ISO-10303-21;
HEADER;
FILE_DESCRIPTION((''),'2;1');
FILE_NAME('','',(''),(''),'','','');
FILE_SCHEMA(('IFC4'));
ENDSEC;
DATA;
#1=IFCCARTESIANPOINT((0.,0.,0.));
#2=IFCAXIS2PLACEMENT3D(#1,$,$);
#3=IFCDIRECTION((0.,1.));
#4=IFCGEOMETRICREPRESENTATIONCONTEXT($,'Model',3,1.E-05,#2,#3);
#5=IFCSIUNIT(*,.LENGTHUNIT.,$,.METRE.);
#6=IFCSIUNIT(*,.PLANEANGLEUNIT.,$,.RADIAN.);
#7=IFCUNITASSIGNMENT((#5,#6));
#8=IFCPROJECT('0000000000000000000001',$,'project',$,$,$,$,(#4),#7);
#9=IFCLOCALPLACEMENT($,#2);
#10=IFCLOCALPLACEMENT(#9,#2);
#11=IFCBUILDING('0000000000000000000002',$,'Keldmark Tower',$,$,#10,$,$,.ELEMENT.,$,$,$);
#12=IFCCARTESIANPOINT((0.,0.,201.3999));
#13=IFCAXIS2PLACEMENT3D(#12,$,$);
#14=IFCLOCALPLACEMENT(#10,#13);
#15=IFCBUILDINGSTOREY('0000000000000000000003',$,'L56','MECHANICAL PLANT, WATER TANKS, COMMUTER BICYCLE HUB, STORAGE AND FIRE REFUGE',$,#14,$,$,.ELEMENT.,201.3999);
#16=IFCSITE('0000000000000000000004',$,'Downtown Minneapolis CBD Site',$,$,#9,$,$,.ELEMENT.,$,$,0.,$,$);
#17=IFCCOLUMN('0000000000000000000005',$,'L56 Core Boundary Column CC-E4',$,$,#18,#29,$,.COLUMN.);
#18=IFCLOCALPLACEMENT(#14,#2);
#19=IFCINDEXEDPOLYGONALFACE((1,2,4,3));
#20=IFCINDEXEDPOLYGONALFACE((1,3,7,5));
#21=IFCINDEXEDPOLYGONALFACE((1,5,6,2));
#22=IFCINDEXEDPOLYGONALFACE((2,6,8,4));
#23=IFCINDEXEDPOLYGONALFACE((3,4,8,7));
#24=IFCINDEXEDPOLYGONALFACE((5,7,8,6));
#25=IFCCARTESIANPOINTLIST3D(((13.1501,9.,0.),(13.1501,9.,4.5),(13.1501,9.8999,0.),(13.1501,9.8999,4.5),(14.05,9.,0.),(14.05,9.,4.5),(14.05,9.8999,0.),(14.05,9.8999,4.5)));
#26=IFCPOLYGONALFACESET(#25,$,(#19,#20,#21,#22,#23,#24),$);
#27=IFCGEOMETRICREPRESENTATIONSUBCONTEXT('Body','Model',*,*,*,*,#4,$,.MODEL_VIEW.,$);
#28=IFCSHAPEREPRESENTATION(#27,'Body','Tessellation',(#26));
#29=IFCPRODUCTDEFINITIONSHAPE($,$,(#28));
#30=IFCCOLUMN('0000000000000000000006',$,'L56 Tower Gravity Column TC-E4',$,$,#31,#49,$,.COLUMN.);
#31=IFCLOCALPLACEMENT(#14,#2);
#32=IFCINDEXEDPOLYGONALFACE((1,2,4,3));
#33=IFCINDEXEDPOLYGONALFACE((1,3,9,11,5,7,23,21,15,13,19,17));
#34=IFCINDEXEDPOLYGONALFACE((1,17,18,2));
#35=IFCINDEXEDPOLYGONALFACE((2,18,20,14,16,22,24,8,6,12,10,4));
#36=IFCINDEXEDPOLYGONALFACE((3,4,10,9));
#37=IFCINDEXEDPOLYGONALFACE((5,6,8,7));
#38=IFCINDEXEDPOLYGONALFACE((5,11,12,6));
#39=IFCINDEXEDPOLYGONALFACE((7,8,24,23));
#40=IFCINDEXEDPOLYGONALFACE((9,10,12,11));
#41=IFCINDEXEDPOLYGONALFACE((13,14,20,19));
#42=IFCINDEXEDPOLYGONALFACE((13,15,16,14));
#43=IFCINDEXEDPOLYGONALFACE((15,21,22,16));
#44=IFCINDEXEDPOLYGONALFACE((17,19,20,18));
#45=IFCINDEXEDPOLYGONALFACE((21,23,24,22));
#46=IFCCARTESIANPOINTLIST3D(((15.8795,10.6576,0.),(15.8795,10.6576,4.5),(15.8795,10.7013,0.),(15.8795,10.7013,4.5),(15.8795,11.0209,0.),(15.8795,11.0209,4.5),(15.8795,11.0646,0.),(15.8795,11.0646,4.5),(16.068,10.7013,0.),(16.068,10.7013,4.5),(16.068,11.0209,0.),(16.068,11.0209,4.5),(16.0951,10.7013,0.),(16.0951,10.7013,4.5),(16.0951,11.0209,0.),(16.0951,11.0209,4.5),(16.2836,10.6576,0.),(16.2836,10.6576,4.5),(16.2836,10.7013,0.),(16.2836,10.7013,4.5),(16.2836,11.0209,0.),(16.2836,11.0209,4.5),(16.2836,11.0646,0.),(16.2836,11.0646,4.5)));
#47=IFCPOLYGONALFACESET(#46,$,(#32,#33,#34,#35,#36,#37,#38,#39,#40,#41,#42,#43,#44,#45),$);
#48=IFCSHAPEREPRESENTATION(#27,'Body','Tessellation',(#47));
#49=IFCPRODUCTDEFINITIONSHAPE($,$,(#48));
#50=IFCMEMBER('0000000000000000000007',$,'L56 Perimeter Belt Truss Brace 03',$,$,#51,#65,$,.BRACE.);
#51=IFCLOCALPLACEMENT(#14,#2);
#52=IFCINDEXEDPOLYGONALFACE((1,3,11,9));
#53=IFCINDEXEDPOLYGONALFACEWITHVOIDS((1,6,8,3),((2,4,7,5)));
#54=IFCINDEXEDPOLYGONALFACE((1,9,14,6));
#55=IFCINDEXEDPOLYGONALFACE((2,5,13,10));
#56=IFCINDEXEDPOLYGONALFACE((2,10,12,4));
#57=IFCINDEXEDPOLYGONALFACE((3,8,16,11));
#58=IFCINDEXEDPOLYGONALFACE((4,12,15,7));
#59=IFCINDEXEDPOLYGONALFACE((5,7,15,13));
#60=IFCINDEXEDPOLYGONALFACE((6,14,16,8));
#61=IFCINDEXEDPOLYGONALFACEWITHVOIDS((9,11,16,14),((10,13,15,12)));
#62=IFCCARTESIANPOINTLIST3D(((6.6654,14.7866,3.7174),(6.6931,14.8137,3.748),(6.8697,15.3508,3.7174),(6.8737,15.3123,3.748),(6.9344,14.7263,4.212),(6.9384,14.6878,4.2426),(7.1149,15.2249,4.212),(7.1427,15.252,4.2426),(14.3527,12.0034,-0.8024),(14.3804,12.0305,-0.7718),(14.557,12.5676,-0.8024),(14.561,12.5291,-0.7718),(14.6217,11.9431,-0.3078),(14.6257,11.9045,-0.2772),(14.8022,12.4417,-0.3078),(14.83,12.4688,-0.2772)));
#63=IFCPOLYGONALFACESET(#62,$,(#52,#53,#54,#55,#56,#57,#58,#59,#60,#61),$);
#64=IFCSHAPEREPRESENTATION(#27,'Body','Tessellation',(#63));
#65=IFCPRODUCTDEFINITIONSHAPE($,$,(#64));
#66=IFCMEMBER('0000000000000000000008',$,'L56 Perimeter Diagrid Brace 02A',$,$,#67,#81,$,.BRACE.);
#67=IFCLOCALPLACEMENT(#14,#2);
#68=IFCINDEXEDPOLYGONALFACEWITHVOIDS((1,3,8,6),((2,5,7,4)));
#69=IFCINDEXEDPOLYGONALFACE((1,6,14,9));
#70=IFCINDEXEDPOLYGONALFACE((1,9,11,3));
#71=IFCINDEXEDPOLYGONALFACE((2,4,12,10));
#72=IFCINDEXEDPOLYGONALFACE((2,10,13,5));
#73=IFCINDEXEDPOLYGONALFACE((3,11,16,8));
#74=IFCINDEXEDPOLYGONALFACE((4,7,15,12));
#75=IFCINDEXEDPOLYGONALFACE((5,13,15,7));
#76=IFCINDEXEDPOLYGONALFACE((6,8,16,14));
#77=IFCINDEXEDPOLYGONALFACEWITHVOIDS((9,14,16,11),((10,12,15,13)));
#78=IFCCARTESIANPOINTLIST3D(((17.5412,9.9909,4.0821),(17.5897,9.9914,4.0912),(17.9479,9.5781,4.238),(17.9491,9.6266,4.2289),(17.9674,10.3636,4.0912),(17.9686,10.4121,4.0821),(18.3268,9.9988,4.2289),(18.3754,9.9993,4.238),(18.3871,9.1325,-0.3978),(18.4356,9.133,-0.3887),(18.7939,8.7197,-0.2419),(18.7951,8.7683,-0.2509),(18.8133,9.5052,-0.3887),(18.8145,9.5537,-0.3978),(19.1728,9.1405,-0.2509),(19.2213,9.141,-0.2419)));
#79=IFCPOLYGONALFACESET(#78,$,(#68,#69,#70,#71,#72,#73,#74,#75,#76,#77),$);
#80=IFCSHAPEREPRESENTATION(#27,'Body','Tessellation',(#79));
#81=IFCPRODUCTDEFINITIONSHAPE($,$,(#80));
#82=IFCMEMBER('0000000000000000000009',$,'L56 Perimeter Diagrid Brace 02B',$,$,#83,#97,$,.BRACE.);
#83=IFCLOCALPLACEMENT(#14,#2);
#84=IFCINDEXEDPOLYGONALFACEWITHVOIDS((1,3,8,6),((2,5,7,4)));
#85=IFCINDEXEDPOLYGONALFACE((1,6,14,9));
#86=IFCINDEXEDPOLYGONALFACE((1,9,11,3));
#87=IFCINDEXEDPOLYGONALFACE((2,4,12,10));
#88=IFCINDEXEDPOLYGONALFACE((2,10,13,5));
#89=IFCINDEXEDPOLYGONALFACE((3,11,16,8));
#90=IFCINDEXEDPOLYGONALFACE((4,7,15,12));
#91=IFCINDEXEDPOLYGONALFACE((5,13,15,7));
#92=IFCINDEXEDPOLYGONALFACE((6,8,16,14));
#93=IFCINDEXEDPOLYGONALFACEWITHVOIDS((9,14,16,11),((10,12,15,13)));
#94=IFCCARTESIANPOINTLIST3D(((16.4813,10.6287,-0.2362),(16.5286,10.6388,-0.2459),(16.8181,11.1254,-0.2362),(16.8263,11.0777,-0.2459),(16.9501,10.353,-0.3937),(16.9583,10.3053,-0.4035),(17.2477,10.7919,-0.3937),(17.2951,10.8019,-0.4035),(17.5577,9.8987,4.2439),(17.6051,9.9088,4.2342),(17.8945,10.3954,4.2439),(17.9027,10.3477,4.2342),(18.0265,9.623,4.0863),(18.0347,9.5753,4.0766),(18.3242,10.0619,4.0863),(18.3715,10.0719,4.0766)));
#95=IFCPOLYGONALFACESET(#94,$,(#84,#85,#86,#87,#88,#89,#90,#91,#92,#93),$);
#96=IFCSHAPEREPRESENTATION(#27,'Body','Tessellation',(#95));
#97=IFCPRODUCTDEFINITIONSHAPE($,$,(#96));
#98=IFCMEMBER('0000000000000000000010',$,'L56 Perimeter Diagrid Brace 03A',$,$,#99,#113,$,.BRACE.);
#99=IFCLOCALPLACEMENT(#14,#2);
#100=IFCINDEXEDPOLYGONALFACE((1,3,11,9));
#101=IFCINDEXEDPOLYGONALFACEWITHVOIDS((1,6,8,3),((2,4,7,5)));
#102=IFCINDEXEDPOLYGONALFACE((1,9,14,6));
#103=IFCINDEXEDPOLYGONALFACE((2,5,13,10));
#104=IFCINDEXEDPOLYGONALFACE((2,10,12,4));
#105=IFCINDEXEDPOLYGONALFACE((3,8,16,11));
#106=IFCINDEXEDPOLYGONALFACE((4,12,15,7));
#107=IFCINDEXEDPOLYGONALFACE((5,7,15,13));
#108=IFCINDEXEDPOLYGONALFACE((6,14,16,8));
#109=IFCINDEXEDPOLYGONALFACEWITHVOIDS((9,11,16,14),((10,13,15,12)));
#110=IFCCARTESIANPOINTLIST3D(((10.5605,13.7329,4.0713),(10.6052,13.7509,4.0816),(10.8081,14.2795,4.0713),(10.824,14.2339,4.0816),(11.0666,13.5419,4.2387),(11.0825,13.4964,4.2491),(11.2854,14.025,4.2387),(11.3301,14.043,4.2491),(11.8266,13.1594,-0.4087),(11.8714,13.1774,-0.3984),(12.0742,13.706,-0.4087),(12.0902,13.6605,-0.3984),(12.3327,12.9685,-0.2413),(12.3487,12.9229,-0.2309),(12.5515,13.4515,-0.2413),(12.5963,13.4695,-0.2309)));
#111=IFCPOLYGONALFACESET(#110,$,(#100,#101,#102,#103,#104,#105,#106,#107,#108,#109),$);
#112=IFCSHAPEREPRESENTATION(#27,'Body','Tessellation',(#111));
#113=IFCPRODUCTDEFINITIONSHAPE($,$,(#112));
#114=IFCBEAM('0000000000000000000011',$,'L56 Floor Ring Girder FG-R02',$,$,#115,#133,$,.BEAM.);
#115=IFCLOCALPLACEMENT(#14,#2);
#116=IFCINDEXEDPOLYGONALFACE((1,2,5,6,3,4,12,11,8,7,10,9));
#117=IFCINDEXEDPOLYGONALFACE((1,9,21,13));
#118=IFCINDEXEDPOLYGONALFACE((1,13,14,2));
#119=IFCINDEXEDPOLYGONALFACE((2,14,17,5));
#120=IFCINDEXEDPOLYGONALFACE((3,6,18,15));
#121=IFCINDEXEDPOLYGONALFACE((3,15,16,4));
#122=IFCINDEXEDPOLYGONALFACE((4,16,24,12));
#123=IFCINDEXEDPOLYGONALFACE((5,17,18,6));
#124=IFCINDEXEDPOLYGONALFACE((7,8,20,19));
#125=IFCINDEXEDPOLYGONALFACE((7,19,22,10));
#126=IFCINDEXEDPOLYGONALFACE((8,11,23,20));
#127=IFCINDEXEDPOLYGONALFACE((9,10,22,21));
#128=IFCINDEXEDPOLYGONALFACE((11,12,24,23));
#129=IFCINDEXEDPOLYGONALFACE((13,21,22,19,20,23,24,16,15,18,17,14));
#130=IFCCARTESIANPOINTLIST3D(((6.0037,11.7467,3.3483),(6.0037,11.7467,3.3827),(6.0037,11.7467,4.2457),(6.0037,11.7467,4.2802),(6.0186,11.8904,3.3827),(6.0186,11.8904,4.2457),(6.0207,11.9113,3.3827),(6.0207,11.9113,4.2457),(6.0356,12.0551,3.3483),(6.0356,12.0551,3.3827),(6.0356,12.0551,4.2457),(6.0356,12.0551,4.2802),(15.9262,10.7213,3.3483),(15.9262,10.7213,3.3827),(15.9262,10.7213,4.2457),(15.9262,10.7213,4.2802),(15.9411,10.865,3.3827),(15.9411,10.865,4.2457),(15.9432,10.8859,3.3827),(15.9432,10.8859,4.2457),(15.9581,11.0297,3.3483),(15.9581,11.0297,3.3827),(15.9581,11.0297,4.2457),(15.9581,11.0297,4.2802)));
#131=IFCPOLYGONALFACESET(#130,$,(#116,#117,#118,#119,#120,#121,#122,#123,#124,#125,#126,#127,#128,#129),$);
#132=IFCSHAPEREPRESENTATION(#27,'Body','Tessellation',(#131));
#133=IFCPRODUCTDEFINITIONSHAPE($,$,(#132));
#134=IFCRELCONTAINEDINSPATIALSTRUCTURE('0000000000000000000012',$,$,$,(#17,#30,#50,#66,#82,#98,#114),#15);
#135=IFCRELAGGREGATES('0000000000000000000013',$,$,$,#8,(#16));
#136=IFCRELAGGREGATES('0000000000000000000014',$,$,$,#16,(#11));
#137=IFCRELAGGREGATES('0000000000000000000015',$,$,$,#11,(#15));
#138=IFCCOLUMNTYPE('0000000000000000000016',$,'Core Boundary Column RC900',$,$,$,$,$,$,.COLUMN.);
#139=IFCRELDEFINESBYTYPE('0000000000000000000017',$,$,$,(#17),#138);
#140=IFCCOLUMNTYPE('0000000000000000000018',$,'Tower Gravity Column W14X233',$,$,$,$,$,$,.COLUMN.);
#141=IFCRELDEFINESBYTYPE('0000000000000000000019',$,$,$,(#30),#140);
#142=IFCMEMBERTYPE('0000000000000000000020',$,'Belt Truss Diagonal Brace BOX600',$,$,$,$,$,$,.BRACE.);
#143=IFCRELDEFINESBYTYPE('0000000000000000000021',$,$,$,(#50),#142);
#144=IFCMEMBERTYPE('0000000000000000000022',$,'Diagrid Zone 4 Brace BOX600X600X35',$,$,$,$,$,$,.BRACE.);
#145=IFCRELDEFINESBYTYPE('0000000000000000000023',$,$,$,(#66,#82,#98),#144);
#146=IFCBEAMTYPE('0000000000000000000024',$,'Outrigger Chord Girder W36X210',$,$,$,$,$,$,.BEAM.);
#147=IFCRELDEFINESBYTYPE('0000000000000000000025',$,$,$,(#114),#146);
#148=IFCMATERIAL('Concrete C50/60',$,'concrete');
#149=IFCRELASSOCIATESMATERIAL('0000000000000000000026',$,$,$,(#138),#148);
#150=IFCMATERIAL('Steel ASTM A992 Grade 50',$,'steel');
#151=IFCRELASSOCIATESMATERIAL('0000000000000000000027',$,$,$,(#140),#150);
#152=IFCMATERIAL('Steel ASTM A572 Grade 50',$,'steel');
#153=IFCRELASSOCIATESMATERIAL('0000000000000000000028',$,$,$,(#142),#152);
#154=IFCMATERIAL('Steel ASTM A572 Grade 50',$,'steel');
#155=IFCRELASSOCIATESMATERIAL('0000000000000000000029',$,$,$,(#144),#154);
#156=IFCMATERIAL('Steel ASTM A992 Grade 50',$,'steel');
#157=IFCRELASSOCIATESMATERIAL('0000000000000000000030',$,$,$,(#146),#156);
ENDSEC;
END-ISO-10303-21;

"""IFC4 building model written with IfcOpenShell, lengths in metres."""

from ifc_helpers import new_model, si_unit, direction, frame, origin, origin_2d, place, context, subcontext, project, spatial, rectangle, hollow_rectangle, i_section, extrude, material, material_profile, profile_set, type_object, element, save


model = new_model("IFC4")

# Units and contexts
model_context = context("Model", 3, precision=1e-05, world=origin(), true_north=direction((0.0, 1.0)))
body_context = subcontext(model_context, "Body", "Model", "MODEL_VIEW")
ifc_project = project(units=[si_unit("LENGTHUNIT", "METRE"), si_unit("PLANEANGLEUNIT", "RADIAN")], contexts=[model_context])

# Site, building, storey
site_placement = place(None, origin())
site = spatial("IfcSite", under=ifc_project, at=site_placement, Name="Downtown Minneapolis CBD Site", CompositionType="ELEMENT", RefElevation=0.0)
building_placement = place(site_placement, origin())
building = spatial("IfcBuilding", under=site, at=building_placement, Name="Keldmark Tower", CompositionType="ELEMENT")
storey_placement = place(building_placement, frame((0.0, 0.0, 201.3999)))
storey = spatial("IfcBuildingStorey", under=building, at=storey_placement, Name="L56", Description="MECHANICAL PLANT, WATER TANKS, COMMUTER BICYCLE HUB, STORAGE AND FIRE REFUGE", CompositionType="ELEMENT", Elevation=201.3999)

# Columns
ifc_material_1 = material(Name="Concrete C50/60", Category="concrete")
ifc_material_profile_1 = material_profile(ifc_material_1, rectangle(XDim=0.8999, YDim=0.8999, at=origin_2d()), Name="RC900X900")
ifc_profile_set_1 = profile_set([ifc_material_profile_1], Name="Concrete C50/60")
column_type_1 = type_object("IfcColumnType", Name="Core Boundary Column RC900", PredefinedType="COLUMN", material=ifc_profile_set_1)
column_1_placement = place(storey_placement, frame((13.6001, 9.45, 0.0), z_axis=(0.0, 0.0, 1.0), x_axis=(1.0, 0.0, 0.0)))
element("IfcColumn", 1, at=column_1_placement, inside=storey, type_object=column_type_1, Name="L56 Core Boundary Column CC-E4", PredefinedType="COLUMN", context=body_context, shape_type="SweptSolid", body=[
    extrude(rectangle(XDim=0.8999, YDim=0.8999, at=origin_2d()), origin(), (0.0, 0.0, 1.0), 4.5),
])
ifc_material_2 = material(Name="Steel ASTM A992 Grade 50", Category="steel")
ifc_material_profile_2 = material_profile(ifc_material_2, i_section(OverallWidth=0.4041, OverallDepth=0.407, WebThickness=0.0271, FlangeThickness=0.0437, at=origin_2d()), Name="W14X233")
ifc_profile_set_2 = profile_set([ifc_material_profile_2], Name="Steel ASTM A992 Grade 50")
column_type_2 = type_object("IfcColumnType", Name="Tower Gravity Column W14X233", PredefinedType="COLUMN", material=ifc_profile_set_2)
column_2_placement = place(storey_placement, frame((16.0815, 10.8611, 0.0), z_axis=(0.0, 0.0, 1.0), x_axis=(1.0, 0.0, 0.0)))
element("IfcColumn", 2, at=column_2_placement, inside=storey, type_object=column_type_2, Name="L56 Tower Gravity Column TC-E4", PredefinedType="COLUMN", context=body_context, shape_type="SweptSolid", body=[
    extrude(i_section(OverallWidth=0.4041, OverallDepth=0.407, WebThickness=0.0271, FlangeThickness=0.0437, at=origin_2d()), origin(), (0.0, 0.0, 1.0), 4.5),
])

# Members
ifc_material_3 = material(Name="Steel ASTM A572 Grade 50", Category="steel")
ifc_material_profile_3 = material_profile(ifc_material_3, hollow_rectangle(XDim=0.6001, YDim=0.6001, WallThickness=0.0349, at=origin_2d()), Name="BOX600X600X35")
ifc_profile_set_3 = profile_set([ifc_material_profile_3], Name="Steel ASTM A572 Grade 50")
member_type_1 = type_object("IfcMemberType", Name="Belt Truss Diagonal Brace BOX600", PredefinedType="BRACE", material=ifc_profile_set_3)
member_1_placement = place(storey_placement, frame((14.5913, 12.2361, -0.5398), z_axis=(-0.822892, 0.297931, 0.483825), x_axis=(-0.340429, -0.94027, 0.0)))
element("IfcMember", 3, at=member_1_placement, inside=storey, type_object=member_type_1, Name="L56 Perimeter Belt Truss Brace 03", PredefinedType="BRACE", context=body_context, shape_type="SweptSolid", body=[
    extrude(hollow_rectangle(XDim=0.6001, YDim=0.6001, WallThickness=0.0349, at=origin_2d()), origin(), (0.0, 0.0, 1.0), 9.3418),
])
ifc_material_4 = material(Name="Steel ASTM A572 Grade 50", Category="steel")
ifc_material_profile_4 = material_profile(ifc_material_4, hollow_rectangle(XDim=0.6001, YDim=0.6001, WallThickness=0.0349, at=origin_2d()), Name="BOX600X600X35")
ifc_profile_set_4 = profile_set([ifc_material_profile_4], Name="Steel ASTM A572 Grade 50")
member_type_2 = type_object("IfcMemberType", Name="Diagrid Zone 4 Brace BOX600X600X35", PredefinedType="BRACE", material=ifc_profile_set_4)
member_2_placement = place(storey_placement, frame((18.8042, 9.1367, -0.3198), z_axis=(-0.182345, 0.185029, 0.965668), x_axis=(-0.712254, -0.701922, 0.0)))
element("IfcMember", 4, at=member_2_placement, inside=storey, type_object=member_type_2, Name="L56 Perimeter Diagrid Brace 02A", PredefinedType="BRACE", context=body_context, shape_type="SweptSolid", body=[
    extrude(hollow_rectangle(XDim=0.6001, YDim=0.6001, WallThickness=0.0349, at=origin_2d()), origin(), (0.0, 0.0, 1.0), 4.6392),
])
member_3_placement = place(storey_placement, frame((16.8882, 10.7153, -0.3198), z_axis=(0.230745, -0.156482, 0.960349), x_axis=(0.561267, 0.827635, 0.0)))
element("IfcMember", 5, at=member_3_placement, inside=storey, type_object=member_type_2, Name="L56 Perimeter Diagrid Brace 02B", PredefinedType="BRACE", context=body_context, shape_type="SweptSolid", body=[
    extrude(hollow_rectangle(XDim=0.6001, YDim=0.6001, WallThickness=0.0349, at=origin_2d()), origin(), (0.0, 0.0, 1.0), 4.665),
])
member_4_placement = place(storey_placement, frame((12.2114, 13.3145, -0.3198), z_axis=(-0.269923, 0.122262, 0.955088), x_axis=(-0.412598, -0.910913, 0.0)))
element("IfcMember", 6, at=member_4_placement, inside=storey, type_object=member_type_2, Name="L56 Perimeter Diagrid Brace 03A", PredefinedType="BRACE", context=body_context, shape_type="SweptSolid", body=[
    extrude(hollow_rectangle(XDim=0.6001, YDim=0.6001, WallThickness=0.0349, at=origin_2d()), origin(), (0.0, 0.0, 1.0), 4.6907),
])

# Beam
ifc_material_5 = material(Name="Steel ASTM A992 Grade 50", Category="steel")
ifc_material_profile_5 = material_profile(ifc_material_5, i_section(OverallWidth=0.3101, OverallDepth=0.9319, WebThickness=0.021, FlangeThickness=0.0344, at=origin_2d()), Name="W36X210")
ifc_profile_set_5 = profile_set([ifc_material_profile_5], Name="Steel ASTM A992 Grade 50")
beam_type_1 = type_object("IfcBeamType", Name="Outrigger Chord Girder W36X210", PredefinedType="BEAM", material=ifc_profile_set_5)
beam_1_placement = place(storey_placement, frame((15.9421, 10.8755, 3.8142), z_axis=(-0.994703, 0.102791, 0.0), x_axis=(-0.102791, -0.994703, 0.0)))
element("IfcBeam", 7, at=beam_1_placement, inside=storey, type_object=beam_type_1, Name="L56 Floor Ring Girder FG-R02", PredefinedType="BEAM", context=body_context, shape_type="SweptSolid", body=[
    extrude(i_section(OverallWidth=0.3101, OverallDepth=0.9319, WebThickness=0.021, FlangeThickness=0.0344, at=origin_2d()), origin(), (0.0, 0.0, 1.0), 9.9753),
])

save(model, "model.ifc")
